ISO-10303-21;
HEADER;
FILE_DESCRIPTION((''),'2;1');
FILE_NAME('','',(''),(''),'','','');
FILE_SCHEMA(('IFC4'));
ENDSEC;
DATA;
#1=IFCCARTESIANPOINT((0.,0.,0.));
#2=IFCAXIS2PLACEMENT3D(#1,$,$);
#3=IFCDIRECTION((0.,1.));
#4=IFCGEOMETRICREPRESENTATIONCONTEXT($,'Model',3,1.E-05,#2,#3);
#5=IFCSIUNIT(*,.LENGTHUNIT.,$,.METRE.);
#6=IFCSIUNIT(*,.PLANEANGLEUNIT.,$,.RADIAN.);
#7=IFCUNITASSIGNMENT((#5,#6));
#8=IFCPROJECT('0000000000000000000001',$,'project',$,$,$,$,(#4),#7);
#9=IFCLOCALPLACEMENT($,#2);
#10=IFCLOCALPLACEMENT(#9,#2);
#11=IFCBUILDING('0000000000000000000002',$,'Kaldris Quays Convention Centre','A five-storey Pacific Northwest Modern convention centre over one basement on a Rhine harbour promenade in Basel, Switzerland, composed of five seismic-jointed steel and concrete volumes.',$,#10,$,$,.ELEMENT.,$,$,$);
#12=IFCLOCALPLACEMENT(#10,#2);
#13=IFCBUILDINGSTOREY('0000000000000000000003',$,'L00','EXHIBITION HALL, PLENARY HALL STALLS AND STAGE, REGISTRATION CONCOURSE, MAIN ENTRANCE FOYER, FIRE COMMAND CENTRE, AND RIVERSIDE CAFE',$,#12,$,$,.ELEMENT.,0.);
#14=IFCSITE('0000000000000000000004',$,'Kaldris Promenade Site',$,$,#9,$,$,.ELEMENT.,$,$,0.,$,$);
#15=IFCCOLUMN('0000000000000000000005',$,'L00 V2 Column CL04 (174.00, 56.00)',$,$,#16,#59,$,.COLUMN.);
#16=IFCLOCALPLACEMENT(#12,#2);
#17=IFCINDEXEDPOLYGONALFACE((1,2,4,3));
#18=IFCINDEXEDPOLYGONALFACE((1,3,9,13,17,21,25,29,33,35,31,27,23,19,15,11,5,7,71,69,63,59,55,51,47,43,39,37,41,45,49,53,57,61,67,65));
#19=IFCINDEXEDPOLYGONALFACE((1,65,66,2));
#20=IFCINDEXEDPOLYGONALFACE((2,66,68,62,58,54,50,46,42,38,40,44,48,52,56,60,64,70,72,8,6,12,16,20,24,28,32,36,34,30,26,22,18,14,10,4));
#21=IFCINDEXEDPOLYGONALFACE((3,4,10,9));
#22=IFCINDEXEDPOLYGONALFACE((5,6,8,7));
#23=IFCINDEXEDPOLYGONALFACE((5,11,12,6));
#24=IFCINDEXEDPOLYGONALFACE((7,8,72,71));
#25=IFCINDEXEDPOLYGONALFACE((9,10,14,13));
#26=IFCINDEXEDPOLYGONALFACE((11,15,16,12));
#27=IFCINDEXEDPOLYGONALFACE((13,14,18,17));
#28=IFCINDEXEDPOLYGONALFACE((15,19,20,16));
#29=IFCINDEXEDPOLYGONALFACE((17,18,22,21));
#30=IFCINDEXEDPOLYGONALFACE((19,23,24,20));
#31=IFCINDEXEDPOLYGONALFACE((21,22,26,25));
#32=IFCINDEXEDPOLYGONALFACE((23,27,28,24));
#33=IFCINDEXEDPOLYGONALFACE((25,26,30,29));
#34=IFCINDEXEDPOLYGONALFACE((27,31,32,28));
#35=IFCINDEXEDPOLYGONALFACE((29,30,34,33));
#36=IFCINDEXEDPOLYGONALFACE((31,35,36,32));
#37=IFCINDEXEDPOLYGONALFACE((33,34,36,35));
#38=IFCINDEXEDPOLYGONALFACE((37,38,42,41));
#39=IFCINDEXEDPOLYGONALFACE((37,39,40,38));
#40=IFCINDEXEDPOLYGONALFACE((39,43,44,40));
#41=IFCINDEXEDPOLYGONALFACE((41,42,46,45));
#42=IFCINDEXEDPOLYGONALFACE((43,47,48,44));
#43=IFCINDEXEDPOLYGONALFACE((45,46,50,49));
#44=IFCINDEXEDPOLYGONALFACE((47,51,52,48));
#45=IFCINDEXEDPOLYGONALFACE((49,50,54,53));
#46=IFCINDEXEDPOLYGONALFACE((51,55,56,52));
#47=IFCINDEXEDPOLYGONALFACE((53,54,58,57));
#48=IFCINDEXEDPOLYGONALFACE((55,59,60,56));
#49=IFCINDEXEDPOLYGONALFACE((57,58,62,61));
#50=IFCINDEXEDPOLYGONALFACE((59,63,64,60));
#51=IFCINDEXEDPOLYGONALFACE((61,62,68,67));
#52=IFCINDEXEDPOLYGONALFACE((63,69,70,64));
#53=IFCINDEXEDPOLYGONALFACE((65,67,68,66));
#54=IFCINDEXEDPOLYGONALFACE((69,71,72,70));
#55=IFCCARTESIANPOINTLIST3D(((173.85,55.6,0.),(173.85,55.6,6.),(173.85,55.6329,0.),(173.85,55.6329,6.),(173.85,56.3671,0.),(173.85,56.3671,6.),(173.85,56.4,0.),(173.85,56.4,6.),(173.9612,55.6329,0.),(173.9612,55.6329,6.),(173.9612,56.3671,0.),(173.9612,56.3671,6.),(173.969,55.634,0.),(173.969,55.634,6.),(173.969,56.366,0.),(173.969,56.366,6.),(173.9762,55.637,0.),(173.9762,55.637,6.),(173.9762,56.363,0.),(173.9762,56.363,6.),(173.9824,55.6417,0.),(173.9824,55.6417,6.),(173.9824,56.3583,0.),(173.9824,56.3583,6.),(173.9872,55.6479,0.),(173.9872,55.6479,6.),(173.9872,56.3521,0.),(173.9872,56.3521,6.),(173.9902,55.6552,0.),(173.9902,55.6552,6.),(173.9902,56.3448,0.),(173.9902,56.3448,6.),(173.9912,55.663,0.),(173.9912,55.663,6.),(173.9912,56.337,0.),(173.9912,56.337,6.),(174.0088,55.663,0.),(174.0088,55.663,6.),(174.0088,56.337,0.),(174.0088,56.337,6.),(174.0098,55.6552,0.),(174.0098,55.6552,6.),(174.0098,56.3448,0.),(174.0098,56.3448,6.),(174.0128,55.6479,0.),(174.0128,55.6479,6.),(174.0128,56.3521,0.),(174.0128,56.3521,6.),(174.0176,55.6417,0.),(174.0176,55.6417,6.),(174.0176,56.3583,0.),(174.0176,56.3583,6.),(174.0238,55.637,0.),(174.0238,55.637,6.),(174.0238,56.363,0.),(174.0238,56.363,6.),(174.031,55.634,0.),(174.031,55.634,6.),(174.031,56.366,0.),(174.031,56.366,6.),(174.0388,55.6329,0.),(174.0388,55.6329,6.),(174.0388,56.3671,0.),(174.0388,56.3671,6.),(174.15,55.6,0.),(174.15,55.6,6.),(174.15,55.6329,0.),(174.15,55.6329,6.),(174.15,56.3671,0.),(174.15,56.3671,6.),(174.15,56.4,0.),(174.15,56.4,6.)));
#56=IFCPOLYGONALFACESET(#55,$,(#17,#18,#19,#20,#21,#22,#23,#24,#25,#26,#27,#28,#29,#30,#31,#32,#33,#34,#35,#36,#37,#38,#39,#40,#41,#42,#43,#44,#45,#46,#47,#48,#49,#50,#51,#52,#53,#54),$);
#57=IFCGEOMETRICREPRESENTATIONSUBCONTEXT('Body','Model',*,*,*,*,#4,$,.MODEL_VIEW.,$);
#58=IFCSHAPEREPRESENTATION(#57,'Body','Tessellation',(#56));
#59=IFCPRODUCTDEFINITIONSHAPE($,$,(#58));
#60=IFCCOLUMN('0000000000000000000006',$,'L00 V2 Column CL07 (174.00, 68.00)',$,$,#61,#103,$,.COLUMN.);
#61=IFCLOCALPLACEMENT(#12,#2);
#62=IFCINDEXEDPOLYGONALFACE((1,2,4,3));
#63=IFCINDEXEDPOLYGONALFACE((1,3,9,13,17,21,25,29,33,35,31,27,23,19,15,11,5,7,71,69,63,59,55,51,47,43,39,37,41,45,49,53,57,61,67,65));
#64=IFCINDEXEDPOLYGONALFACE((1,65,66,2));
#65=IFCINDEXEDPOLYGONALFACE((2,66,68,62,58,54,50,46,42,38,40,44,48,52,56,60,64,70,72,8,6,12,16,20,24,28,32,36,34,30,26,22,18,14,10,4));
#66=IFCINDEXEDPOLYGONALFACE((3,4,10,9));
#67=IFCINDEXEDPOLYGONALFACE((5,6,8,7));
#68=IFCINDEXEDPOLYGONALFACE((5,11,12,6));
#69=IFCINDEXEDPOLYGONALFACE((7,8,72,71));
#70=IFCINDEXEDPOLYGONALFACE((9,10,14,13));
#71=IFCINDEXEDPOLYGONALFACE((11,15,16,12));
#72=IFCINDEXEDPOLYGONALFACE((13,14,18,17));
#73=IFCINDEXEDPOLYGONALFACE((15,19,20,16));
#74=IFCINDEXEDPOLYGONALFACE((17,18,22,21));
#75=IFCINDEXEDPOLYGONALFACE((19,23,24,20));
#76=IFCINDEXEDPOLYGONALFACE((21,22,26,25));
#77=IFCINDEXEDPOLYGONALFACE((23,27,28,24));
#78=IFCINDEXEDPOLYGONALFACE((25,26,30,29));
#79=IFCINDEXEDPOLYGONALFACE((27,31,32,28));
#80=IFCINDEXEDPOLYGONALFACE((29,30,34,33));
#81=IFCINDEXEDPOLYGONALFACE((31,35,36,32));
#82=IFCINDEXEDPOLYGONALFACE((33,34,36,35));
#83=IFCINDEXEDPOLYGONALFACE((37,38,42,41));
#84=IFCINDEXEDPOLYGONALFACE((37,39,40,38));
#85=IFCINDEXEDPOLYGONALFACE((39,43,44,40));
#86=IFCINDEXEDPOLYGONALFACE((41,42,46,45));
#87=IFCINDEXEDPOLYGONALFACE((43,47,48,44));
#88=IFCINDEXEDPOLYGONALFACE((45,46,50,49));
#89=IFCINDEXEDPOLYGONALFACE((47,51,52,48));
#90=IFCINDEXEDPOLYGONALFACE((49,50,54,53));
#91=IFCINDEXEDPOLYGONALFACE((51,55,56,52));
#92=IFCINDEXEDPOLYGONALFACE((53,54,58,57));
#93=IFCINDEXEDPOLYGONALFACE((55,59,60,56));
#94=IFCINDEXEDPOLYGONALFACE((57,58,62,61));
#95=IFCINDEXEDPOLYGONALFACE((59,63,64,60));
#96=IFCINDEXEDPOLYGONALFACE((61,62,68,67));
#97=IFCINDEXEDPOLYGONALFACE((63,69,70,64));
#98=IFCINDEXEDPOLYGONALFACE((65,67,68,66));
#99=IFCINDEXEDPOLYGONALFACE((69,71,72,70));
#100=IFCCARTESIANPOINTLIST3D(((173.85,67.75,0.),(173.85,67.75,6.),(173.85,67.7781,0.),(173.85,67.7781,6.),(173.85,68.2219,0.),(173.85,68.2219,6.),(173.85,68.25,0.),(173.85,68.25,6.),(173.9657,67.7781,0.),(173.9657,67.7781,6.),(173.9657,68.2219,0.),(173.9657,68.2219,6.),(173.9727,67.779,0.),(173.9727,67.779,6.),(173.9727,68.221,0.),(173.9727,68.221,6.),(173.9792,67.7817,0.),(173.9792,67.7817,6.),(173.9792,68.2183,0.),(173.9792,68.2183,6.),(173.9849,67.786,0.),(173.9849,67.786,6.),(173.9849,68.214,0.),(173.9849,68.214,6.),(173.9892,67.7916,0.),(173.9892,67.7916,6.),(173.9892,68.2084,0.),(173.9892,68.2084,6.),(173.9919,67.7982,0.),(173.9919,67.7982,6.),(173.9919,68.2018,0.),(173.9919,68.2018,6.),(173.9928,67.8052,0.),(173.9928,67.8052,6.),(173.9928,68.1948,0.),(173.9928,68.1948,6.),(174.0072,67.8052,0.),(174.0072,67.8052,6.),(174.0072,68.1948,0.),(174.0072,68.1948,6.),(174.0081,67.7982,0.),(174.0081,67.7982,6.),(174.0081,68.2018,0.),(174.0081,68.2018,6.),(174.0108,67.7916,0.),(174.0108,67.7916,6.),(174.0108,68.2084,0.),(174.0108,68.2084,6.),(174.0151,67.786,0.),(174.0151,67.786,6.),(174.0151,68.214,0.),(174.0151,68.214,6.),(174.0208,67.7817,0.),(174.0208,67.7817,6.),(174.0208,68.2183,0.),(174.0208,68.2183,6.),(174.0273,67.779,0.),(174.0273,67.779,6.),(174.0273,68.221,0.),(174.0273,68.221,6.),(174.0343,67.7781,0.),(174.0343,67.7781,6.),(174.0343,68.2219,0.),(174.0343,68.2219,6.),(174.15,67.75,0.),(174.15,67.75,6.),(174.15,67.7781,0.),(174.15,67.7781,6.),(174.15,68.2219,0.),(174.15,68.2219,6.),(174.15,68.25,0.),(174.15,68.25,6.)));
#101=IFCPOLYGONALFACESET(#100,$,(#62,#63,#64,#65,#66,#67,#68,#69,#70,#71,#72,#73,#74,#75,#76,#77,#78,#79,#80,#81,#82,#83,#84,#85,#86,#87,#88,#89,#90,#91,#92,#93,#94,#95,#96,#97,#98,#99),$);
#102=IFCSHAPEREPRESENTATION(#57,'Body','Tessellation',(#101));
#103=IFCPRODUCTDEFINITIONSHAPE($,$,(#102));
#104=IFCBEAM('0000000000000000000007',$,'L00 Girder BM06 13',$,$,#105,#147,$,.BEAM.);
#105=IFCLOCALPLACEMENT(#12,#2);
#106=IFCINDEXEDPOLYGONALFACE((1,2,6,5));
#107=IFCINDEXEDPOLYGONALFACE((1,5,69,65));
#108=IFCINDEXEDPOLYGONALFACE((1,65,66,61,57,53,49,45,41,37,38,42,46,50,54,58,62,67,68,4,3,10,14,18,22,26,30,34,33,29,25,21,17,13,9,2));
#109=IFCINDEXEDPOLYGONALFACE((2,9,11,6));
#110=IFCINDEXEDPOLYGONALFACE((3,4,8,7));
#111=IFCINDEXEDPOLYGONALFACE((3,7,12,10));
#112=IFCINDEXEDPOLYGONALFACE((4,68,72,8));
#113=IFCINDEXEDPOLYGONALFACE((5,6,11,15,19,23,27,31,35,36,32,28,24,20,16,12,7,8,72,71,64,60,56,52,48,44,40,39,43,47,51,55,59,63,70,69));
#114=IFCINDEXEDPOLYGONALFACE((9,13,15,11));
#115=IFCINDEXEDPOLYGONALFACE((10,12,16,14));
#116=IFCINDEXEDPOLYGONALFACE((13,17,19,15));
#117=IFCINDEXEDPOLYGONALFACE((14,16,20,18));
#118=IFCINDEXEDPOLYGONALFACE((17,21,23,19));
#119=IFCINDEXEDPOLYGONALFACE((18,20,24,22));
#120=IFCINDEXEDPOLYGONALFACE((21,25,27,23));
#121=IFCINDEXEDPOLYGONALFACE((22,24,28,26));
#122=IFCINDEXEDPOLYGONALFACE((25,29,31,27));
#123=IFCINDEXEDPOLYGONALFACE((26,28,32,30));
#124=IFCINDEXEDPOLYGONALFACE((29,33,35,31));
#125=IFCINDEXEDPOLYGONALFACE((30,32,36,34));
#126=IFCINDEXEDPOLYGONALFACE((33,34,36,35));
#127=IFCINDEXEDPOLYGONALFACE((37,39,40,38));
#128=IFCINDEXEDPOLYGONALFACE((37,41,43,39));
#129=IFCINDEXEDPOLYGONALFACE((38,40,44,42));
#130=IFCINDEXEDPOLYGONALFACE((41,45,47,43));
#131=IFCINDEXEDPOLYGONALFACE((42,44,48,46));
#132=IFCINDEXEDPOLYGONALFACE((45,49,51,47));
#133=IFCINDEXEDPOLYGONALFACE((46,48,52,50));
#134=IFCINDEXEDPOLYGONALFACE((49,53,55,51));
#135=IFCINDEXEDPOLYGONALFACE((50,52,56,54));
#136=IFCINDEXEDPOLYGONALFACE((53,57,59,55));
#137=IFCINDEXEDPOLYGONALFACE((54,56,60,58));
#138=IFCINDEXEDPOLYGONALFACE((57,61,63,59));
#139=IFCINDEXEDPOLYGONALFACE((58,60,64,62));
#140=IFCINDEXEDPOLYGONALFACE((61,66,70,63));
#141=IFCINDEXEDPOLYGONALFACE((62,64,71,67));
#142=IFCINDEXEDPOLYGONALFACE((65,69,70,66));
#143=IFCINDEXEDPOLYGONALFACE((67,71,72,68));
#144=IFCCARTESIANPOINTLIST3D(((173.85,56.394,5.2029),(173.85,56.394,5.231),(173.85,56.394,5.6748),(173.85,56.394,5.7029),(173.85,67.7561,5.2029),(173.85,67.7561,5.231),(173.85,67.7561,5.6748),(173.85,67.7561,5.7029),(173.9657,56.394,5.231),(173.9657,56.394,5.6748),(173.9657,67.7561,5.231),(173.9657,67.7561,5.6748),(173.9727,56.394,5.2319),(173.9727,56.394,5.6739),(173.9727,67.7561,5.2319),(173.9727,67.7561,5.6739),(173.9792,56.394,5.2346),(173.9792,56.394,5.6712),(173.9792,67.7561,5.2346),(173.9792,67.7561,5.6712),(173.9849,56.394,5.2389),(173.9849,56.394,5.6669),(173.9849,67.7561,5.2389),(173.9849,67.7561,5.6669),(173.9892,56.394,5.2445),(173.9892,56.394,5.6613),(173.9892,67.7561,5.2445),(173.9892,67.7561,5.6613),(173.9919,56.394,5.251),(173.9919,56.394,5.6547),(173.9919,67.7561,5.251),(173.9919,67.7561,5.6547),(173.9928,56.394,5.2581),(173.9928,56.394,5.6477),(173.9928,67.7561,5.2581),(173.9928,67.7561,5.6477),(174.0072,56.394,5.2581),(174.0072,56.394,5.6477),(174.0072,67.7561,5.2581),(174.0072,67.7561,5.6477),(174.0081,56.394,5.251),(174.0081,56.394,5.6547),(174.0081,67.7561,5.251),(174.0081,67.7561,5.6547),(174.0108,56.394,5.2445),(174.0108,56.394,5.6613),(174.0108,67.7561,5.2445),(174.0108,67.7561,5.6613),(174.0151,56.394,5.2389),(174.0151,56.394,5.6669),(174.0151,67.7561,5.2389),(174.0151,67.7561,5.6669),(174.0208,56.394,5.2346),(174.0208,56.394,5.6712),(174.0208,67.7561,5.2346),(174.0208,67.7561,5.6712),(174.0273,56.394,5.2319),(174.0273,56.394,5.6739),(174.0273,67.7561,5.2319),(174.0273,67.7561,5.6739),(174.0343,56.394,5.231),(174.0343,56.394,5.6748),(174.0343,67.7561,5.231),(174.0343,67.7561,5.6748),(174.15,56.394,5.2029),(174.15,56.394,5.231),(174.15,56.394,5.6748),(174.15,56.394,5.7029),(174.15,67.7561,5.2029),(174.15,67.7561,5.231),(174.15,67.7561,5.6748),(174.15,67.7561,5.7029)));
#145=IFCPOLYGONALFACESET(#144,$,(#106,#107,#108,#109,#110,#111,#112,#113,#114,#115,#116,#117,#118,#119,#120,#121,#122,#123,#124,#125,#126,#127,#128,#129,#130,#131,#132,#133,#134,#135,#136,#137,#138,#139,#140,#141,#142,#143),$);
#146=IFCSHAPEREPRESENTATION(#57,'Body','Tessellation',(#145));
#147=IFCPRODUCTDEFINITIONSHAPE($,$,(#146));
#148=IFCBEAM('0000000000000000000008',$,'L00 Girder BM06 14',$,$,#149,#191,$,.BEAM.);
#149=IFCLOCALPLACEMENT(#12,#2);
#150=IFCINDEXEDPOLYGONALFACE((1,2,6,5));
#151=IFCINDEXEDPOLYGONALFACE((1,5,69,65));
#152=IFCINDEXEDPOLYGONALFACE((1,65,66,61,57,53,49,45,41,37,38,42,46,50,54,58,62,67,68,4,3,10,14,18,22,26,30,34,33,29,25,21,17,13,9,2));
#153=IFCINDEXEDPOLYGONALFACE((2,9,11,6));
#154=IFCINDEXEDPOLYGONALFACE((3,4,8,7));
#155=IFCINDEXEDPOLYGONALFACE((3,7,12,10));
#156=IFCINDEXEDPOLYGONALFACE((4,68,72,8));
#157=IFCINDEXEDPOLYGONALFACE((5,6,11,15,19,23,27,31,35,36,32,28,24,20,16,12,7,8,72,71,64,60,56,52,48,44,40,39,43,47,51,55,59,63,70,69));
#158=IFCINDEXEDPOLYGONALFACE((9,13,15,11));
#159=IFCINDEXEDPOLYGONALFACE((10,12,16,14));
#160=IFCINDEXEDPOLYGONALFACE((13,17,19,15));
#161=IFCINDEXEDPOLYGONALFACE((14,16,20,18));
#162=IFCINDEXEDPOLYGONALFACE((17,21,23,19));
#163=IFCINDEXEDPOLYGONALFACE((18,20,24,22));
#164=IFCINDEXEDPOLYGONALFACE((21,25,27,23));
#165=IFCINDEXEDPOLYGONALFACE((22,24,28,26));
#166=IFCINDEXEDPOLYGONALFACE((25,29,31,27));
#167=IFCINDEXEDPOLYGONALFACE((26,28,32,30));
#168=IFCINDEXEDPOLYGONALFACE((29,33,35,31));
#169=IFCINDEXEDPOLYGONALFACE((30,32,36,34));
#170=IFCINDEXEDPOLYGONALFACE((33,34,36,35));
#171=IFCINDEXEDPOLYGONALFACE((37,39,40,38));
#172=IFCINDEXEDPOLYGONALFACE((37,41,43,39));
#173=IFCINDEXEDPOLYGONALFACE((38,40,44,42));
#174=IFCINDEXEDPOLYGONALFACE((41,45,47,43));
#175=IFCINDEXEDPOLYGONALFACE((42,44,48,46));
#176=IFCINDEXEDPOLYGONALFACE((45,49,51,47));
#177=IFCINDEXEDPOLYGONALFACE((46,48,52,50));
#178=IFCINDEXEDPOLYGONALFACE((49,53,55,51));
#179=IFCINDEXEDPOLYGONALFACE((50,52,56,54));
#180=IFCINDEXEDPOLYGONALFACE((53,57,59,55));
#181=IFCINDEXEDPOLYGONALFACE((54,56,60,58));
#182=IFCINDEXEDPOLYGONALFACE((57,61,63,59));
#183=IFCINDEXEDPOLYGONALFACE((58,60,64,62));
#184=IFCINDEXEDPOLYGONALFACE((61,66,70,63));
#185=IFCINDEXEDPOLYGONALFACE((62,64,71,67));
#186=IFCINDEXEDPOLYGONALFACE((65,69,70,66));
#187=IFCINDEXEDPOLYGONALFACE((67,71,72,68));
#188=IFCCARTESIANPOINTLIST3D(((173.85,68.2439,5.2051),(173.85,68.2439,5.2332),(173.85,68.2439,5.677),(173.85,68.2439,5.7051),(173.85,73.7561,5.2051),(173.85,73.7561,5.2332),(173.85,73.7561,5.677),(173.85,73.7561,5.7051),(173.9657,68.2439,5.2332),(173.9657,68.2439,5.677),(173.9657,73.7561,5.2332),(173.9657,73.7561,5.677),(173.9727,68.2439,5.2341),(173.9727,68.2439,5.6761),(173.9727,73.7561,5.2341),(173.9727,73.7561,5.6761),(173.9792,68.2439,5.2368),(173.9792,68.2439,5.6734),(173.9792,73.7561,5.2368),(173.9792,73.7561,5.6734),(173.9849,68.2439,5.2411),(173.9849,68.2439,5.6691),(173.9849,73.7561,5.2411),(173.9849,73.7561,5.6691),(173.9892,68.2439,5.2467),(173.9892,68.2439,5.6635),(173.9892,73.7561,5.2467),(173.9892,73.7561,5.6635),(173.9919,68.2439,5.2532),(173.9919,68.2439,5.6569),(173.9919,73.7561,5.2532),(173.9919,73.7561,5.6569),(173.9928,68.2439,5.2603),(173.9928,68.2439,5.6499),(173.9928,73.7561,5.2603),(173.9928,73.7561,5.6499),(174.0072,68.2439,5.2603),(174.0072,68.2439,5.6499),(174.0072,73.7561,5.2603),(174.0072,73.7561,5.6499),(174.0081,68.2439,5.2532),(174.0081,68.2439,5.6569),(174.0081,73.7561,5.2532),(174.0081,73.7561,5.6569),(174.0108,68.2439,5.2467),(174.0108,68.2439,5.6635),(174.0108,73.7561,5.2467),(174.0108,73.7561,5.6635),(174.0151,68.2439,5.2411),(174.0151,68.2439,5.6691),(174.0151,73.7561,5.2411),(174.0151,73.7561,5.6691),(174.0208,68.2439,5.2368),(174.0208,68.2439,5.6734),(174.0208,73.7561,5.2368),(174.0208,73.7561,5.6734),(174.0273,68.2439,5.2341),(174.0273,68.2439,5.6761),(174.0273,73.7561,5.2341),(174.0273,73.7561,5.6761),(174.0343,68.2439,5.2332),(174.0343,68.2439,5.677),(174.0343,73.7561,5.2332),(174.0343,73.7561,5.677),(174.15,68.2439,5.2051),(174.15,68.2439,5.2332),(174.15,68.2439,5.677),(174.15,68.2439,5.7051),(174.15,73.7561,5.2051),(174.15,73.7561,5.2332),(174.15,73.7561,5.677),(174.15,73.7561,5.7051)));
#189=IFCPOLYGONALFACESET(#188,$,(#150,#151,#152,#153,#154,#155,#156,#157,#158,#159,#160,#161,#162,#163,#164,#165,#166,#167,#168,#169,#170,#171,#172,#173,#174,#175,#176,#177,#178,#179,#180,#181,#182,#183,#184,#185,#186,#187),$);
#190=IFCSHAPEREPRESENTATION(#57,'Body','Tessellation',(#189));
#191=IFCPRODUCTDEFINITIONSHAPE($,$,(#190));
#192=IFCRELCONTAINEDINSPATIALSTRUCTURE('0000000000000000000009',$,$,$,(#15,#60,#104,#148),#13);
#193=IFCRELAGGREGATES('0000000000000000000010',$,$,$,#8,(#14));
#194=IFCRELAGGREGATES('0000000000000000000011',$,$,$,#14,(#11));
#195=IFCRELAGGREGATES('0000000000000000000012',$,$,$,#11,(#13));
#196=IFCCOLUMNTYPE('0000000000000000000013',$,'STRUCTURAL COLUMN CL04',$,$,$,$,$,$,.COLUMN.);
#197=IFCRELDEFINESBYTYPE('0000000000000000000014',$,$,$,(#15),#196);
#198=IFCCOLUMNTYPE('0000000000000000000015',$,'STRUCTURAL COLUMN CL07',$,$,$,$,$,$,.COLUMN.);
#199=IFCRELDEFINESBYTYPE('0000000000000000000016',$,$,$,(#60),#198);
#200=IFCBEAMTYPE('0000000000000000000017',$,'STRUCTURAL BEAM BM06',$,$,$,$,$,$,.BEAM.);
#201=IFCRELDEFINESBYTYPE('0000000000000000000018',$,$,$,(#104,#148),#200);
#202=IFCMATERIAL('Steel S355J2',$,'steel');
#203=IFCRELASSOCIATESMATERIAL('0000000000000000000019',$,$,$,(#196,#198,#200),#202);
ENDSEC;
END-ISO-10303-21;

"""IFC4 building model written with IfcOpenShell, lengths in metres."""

from ifc_helpers import new_model, si_unit, direction, frame, origin, origin_2d, place, context, subcontext, project, spatial, i_section, extrude, material, material_profile, profile_set, type_object, element, save


model = new_model("IFC4")

# Units and contexts
model_context = context("Model", 3, precision=1e-05, world=origin(), true_north=direction((0.0, 1.0)))
body_context = subcontext(model_context, "Body", "Model", "MODEL_VIEW")
ifc_project = project(units=[si_unit("LENGTHUNIT", "METRE"), si_unit("PLANEANGLEUNIT", "RADIAN")], contexts=[model_context])

# Site, building, storey
site_placement = place(None, origin())
site = spatial("IfcSite", under=ifc_project, at=site_placement, Name="Kaldris Promenade Site", CompositionType="ELEMENT", RefElevation=0.0)
building_placement = place(site_placement, origin())
building = spatial("IfcBuilding", under=site, at=building_placement, Name="Kaldris Quays Convention Centre", Description="A five-storey Pacific Northwest Modern convention centre over one basement on a Rhine harbour promenade in Basel, Switzerland, composed of five seismic-jointed steel and concrete volumes.", CompositionType="ELEMENT")
storey_placement = place(building_placement, origin())
storey = spatial("IfcBuildingStorey", under=building, at=storey_placement, Name="L00", Description="EXHIBITION HALL, PLENARY HALL STALLS AND STAGE, REGISTRATION CONCOURSE, MAIN ENTRANCE FOYER, FIRE COMMAND CENTRE, AND RIVERSIDE CAFE", CompositionType="ELEMENT", Elevation=0.0)

# Columns
ifc_material_1 = material(Name="Steel S355J2", Category="steel")
ifc_material_profile_1 = material_profile(ifc_material_1, i_section(OverallWidth=0.3, OverallDepth=0.8, WebThickness=0.0176, FlangeThickness=0.033, FilletRadius=0.03, at=origin_2d()), Name="HEB 800")
ifc_profile_set_1 = profile_set([ifc_material_profile_1], Name="Steel S355J2")
column_type_1 = type_object("IfcColumnType", Name="STRUCTURAL COLUMN CL04", PredefinedType="COLUMN", material=ifc_profile_set_1)
column_1_placement = place(storey_placement, frame((174.0, 56.0, 0.0), z_axis=(0.0, 0.0, 1.0), x_axis=(1.0, 0.0, 0.0)))
element("IfcColumn", 1, at=column_1_placement, inside=storey, type_object=column_type_1, Name="L00 V2 Column CL04 (174.00, 56.00)", PredefinedType="COLUMN", context=body_context, shape_type="SweptSolid", body=[
    extrude(i_section(OverallWidth=0.3, OverallDepth=0.8, WebThickness=0.0176, FlangeThickness=0.033, FilletRadius=0.03, at=origin_2d()), origin(), (0.0, 0.0, 1.0), 6.0),
])
ifc_material_profile_2 = material_profile(ifc_material_1, i_section(OverallWidth=0.3, OverallDepth=0.5, WebThickness=0.0144, FlangeThickness=0.0281, FilletRadius=0.0271, at=origin_2d()), Name="HEB 500")
ifc_profile_set_2 = profile_set([ifc_material_profile_2], Name="Steel S355J2")
column_type_2 = type_object("IfcColumnType", Name="STRUCTURAL COLUMN CL07", PredefinedType="COLUMN", material=ifc_profile_set_2)
column_2_placement = place(storey_placement, frame((174.0, 68.0, 0.0), z_axis=(0.0, 0.0, 1.0), x_axis=(1.0, 0.0, 0.0)))
element("IfcColumn", 2, at=column_2_placement, inside=storey, type_object=column_type_2, Name="L00 V2 Column CL07 (174.00, 68.00)", PredefinedType="COLUMN", context=body_context, shape_type="SweptSolid", body=[
    extrude(i_section(OverallWidth=0.3, OverallDepth=0.5, WebThickness=0.0144, FlangeThickness=0.0281, FilletRadius=0.0271, at=origin_2d()), origin(), (0.0, 0.0, 1.0), 6.0),
])

# Beams
ifc_material_profile_3 = material_profile(ifc_material_1, i_section(OverallWidth=0.3, OverallDepth=0.5, WebThickness=0.0144, FlangeThickness=0.0281, FilletRadius=0.0271, at=origin_2d()), Name="HEB 500")
ifc_profile_set_3 = profile_set([ifc_material_profile_3], Name="Steel S355J2")
beam_type = type_object("IfcBeamType", Name="STRUCTURAL BEAM BM06", PredefinedType="BEAM", material=ifc_profile_set_3)
beam_1_placement = place(storey_placement, frame((174.0, 56.394, 5.4529), z_axis=(0.0, 1.0, 0.0), x_axis=(-1.0, 0.0, 0.0)))
element("IfcBeam", 3, at=beam_1_placement, inside=storey, type_object=beam_type, Name="L00 Girder BM06 13", PredefinedType="BEAM", context=body_context, shape_type="SweptSolid", body=[
    extrude(i_section(OverallWidth=0.3, OverallDepth=0.5, WebThickness=0.0144, FlangeThickness=0.0281, FilletRadius=0.0271, at=origin_2d()), origin(), (0.0, 0.0, 1.0), 11.3621),
])
beam_2_placement = place(storey_placement, frame((174.0, 68.2439, 5.4551), z_axis=(0.0, 1.0, 0.0), x_axis=(-1.0, 0.0, 0.0)))
element("IfcBeam", 4, at=beam_2_placement, inside=storey, type_object=beam_type, Name="L00 Girder BM06 14", PredefinedType="BEAM", context=body_context, shape_type="SweptSolid", body=[
    extrude(i_section(OverallWidth=0.3, OverallDepth=0.5, WebThickness=0.0144, FlangeThickness=0.0281, FilletRadius=0.0271, at=origin_2d()), origin(), (0.0, 0.0, 1.0), 5.5122),
])

save(model, "model.ifc")
